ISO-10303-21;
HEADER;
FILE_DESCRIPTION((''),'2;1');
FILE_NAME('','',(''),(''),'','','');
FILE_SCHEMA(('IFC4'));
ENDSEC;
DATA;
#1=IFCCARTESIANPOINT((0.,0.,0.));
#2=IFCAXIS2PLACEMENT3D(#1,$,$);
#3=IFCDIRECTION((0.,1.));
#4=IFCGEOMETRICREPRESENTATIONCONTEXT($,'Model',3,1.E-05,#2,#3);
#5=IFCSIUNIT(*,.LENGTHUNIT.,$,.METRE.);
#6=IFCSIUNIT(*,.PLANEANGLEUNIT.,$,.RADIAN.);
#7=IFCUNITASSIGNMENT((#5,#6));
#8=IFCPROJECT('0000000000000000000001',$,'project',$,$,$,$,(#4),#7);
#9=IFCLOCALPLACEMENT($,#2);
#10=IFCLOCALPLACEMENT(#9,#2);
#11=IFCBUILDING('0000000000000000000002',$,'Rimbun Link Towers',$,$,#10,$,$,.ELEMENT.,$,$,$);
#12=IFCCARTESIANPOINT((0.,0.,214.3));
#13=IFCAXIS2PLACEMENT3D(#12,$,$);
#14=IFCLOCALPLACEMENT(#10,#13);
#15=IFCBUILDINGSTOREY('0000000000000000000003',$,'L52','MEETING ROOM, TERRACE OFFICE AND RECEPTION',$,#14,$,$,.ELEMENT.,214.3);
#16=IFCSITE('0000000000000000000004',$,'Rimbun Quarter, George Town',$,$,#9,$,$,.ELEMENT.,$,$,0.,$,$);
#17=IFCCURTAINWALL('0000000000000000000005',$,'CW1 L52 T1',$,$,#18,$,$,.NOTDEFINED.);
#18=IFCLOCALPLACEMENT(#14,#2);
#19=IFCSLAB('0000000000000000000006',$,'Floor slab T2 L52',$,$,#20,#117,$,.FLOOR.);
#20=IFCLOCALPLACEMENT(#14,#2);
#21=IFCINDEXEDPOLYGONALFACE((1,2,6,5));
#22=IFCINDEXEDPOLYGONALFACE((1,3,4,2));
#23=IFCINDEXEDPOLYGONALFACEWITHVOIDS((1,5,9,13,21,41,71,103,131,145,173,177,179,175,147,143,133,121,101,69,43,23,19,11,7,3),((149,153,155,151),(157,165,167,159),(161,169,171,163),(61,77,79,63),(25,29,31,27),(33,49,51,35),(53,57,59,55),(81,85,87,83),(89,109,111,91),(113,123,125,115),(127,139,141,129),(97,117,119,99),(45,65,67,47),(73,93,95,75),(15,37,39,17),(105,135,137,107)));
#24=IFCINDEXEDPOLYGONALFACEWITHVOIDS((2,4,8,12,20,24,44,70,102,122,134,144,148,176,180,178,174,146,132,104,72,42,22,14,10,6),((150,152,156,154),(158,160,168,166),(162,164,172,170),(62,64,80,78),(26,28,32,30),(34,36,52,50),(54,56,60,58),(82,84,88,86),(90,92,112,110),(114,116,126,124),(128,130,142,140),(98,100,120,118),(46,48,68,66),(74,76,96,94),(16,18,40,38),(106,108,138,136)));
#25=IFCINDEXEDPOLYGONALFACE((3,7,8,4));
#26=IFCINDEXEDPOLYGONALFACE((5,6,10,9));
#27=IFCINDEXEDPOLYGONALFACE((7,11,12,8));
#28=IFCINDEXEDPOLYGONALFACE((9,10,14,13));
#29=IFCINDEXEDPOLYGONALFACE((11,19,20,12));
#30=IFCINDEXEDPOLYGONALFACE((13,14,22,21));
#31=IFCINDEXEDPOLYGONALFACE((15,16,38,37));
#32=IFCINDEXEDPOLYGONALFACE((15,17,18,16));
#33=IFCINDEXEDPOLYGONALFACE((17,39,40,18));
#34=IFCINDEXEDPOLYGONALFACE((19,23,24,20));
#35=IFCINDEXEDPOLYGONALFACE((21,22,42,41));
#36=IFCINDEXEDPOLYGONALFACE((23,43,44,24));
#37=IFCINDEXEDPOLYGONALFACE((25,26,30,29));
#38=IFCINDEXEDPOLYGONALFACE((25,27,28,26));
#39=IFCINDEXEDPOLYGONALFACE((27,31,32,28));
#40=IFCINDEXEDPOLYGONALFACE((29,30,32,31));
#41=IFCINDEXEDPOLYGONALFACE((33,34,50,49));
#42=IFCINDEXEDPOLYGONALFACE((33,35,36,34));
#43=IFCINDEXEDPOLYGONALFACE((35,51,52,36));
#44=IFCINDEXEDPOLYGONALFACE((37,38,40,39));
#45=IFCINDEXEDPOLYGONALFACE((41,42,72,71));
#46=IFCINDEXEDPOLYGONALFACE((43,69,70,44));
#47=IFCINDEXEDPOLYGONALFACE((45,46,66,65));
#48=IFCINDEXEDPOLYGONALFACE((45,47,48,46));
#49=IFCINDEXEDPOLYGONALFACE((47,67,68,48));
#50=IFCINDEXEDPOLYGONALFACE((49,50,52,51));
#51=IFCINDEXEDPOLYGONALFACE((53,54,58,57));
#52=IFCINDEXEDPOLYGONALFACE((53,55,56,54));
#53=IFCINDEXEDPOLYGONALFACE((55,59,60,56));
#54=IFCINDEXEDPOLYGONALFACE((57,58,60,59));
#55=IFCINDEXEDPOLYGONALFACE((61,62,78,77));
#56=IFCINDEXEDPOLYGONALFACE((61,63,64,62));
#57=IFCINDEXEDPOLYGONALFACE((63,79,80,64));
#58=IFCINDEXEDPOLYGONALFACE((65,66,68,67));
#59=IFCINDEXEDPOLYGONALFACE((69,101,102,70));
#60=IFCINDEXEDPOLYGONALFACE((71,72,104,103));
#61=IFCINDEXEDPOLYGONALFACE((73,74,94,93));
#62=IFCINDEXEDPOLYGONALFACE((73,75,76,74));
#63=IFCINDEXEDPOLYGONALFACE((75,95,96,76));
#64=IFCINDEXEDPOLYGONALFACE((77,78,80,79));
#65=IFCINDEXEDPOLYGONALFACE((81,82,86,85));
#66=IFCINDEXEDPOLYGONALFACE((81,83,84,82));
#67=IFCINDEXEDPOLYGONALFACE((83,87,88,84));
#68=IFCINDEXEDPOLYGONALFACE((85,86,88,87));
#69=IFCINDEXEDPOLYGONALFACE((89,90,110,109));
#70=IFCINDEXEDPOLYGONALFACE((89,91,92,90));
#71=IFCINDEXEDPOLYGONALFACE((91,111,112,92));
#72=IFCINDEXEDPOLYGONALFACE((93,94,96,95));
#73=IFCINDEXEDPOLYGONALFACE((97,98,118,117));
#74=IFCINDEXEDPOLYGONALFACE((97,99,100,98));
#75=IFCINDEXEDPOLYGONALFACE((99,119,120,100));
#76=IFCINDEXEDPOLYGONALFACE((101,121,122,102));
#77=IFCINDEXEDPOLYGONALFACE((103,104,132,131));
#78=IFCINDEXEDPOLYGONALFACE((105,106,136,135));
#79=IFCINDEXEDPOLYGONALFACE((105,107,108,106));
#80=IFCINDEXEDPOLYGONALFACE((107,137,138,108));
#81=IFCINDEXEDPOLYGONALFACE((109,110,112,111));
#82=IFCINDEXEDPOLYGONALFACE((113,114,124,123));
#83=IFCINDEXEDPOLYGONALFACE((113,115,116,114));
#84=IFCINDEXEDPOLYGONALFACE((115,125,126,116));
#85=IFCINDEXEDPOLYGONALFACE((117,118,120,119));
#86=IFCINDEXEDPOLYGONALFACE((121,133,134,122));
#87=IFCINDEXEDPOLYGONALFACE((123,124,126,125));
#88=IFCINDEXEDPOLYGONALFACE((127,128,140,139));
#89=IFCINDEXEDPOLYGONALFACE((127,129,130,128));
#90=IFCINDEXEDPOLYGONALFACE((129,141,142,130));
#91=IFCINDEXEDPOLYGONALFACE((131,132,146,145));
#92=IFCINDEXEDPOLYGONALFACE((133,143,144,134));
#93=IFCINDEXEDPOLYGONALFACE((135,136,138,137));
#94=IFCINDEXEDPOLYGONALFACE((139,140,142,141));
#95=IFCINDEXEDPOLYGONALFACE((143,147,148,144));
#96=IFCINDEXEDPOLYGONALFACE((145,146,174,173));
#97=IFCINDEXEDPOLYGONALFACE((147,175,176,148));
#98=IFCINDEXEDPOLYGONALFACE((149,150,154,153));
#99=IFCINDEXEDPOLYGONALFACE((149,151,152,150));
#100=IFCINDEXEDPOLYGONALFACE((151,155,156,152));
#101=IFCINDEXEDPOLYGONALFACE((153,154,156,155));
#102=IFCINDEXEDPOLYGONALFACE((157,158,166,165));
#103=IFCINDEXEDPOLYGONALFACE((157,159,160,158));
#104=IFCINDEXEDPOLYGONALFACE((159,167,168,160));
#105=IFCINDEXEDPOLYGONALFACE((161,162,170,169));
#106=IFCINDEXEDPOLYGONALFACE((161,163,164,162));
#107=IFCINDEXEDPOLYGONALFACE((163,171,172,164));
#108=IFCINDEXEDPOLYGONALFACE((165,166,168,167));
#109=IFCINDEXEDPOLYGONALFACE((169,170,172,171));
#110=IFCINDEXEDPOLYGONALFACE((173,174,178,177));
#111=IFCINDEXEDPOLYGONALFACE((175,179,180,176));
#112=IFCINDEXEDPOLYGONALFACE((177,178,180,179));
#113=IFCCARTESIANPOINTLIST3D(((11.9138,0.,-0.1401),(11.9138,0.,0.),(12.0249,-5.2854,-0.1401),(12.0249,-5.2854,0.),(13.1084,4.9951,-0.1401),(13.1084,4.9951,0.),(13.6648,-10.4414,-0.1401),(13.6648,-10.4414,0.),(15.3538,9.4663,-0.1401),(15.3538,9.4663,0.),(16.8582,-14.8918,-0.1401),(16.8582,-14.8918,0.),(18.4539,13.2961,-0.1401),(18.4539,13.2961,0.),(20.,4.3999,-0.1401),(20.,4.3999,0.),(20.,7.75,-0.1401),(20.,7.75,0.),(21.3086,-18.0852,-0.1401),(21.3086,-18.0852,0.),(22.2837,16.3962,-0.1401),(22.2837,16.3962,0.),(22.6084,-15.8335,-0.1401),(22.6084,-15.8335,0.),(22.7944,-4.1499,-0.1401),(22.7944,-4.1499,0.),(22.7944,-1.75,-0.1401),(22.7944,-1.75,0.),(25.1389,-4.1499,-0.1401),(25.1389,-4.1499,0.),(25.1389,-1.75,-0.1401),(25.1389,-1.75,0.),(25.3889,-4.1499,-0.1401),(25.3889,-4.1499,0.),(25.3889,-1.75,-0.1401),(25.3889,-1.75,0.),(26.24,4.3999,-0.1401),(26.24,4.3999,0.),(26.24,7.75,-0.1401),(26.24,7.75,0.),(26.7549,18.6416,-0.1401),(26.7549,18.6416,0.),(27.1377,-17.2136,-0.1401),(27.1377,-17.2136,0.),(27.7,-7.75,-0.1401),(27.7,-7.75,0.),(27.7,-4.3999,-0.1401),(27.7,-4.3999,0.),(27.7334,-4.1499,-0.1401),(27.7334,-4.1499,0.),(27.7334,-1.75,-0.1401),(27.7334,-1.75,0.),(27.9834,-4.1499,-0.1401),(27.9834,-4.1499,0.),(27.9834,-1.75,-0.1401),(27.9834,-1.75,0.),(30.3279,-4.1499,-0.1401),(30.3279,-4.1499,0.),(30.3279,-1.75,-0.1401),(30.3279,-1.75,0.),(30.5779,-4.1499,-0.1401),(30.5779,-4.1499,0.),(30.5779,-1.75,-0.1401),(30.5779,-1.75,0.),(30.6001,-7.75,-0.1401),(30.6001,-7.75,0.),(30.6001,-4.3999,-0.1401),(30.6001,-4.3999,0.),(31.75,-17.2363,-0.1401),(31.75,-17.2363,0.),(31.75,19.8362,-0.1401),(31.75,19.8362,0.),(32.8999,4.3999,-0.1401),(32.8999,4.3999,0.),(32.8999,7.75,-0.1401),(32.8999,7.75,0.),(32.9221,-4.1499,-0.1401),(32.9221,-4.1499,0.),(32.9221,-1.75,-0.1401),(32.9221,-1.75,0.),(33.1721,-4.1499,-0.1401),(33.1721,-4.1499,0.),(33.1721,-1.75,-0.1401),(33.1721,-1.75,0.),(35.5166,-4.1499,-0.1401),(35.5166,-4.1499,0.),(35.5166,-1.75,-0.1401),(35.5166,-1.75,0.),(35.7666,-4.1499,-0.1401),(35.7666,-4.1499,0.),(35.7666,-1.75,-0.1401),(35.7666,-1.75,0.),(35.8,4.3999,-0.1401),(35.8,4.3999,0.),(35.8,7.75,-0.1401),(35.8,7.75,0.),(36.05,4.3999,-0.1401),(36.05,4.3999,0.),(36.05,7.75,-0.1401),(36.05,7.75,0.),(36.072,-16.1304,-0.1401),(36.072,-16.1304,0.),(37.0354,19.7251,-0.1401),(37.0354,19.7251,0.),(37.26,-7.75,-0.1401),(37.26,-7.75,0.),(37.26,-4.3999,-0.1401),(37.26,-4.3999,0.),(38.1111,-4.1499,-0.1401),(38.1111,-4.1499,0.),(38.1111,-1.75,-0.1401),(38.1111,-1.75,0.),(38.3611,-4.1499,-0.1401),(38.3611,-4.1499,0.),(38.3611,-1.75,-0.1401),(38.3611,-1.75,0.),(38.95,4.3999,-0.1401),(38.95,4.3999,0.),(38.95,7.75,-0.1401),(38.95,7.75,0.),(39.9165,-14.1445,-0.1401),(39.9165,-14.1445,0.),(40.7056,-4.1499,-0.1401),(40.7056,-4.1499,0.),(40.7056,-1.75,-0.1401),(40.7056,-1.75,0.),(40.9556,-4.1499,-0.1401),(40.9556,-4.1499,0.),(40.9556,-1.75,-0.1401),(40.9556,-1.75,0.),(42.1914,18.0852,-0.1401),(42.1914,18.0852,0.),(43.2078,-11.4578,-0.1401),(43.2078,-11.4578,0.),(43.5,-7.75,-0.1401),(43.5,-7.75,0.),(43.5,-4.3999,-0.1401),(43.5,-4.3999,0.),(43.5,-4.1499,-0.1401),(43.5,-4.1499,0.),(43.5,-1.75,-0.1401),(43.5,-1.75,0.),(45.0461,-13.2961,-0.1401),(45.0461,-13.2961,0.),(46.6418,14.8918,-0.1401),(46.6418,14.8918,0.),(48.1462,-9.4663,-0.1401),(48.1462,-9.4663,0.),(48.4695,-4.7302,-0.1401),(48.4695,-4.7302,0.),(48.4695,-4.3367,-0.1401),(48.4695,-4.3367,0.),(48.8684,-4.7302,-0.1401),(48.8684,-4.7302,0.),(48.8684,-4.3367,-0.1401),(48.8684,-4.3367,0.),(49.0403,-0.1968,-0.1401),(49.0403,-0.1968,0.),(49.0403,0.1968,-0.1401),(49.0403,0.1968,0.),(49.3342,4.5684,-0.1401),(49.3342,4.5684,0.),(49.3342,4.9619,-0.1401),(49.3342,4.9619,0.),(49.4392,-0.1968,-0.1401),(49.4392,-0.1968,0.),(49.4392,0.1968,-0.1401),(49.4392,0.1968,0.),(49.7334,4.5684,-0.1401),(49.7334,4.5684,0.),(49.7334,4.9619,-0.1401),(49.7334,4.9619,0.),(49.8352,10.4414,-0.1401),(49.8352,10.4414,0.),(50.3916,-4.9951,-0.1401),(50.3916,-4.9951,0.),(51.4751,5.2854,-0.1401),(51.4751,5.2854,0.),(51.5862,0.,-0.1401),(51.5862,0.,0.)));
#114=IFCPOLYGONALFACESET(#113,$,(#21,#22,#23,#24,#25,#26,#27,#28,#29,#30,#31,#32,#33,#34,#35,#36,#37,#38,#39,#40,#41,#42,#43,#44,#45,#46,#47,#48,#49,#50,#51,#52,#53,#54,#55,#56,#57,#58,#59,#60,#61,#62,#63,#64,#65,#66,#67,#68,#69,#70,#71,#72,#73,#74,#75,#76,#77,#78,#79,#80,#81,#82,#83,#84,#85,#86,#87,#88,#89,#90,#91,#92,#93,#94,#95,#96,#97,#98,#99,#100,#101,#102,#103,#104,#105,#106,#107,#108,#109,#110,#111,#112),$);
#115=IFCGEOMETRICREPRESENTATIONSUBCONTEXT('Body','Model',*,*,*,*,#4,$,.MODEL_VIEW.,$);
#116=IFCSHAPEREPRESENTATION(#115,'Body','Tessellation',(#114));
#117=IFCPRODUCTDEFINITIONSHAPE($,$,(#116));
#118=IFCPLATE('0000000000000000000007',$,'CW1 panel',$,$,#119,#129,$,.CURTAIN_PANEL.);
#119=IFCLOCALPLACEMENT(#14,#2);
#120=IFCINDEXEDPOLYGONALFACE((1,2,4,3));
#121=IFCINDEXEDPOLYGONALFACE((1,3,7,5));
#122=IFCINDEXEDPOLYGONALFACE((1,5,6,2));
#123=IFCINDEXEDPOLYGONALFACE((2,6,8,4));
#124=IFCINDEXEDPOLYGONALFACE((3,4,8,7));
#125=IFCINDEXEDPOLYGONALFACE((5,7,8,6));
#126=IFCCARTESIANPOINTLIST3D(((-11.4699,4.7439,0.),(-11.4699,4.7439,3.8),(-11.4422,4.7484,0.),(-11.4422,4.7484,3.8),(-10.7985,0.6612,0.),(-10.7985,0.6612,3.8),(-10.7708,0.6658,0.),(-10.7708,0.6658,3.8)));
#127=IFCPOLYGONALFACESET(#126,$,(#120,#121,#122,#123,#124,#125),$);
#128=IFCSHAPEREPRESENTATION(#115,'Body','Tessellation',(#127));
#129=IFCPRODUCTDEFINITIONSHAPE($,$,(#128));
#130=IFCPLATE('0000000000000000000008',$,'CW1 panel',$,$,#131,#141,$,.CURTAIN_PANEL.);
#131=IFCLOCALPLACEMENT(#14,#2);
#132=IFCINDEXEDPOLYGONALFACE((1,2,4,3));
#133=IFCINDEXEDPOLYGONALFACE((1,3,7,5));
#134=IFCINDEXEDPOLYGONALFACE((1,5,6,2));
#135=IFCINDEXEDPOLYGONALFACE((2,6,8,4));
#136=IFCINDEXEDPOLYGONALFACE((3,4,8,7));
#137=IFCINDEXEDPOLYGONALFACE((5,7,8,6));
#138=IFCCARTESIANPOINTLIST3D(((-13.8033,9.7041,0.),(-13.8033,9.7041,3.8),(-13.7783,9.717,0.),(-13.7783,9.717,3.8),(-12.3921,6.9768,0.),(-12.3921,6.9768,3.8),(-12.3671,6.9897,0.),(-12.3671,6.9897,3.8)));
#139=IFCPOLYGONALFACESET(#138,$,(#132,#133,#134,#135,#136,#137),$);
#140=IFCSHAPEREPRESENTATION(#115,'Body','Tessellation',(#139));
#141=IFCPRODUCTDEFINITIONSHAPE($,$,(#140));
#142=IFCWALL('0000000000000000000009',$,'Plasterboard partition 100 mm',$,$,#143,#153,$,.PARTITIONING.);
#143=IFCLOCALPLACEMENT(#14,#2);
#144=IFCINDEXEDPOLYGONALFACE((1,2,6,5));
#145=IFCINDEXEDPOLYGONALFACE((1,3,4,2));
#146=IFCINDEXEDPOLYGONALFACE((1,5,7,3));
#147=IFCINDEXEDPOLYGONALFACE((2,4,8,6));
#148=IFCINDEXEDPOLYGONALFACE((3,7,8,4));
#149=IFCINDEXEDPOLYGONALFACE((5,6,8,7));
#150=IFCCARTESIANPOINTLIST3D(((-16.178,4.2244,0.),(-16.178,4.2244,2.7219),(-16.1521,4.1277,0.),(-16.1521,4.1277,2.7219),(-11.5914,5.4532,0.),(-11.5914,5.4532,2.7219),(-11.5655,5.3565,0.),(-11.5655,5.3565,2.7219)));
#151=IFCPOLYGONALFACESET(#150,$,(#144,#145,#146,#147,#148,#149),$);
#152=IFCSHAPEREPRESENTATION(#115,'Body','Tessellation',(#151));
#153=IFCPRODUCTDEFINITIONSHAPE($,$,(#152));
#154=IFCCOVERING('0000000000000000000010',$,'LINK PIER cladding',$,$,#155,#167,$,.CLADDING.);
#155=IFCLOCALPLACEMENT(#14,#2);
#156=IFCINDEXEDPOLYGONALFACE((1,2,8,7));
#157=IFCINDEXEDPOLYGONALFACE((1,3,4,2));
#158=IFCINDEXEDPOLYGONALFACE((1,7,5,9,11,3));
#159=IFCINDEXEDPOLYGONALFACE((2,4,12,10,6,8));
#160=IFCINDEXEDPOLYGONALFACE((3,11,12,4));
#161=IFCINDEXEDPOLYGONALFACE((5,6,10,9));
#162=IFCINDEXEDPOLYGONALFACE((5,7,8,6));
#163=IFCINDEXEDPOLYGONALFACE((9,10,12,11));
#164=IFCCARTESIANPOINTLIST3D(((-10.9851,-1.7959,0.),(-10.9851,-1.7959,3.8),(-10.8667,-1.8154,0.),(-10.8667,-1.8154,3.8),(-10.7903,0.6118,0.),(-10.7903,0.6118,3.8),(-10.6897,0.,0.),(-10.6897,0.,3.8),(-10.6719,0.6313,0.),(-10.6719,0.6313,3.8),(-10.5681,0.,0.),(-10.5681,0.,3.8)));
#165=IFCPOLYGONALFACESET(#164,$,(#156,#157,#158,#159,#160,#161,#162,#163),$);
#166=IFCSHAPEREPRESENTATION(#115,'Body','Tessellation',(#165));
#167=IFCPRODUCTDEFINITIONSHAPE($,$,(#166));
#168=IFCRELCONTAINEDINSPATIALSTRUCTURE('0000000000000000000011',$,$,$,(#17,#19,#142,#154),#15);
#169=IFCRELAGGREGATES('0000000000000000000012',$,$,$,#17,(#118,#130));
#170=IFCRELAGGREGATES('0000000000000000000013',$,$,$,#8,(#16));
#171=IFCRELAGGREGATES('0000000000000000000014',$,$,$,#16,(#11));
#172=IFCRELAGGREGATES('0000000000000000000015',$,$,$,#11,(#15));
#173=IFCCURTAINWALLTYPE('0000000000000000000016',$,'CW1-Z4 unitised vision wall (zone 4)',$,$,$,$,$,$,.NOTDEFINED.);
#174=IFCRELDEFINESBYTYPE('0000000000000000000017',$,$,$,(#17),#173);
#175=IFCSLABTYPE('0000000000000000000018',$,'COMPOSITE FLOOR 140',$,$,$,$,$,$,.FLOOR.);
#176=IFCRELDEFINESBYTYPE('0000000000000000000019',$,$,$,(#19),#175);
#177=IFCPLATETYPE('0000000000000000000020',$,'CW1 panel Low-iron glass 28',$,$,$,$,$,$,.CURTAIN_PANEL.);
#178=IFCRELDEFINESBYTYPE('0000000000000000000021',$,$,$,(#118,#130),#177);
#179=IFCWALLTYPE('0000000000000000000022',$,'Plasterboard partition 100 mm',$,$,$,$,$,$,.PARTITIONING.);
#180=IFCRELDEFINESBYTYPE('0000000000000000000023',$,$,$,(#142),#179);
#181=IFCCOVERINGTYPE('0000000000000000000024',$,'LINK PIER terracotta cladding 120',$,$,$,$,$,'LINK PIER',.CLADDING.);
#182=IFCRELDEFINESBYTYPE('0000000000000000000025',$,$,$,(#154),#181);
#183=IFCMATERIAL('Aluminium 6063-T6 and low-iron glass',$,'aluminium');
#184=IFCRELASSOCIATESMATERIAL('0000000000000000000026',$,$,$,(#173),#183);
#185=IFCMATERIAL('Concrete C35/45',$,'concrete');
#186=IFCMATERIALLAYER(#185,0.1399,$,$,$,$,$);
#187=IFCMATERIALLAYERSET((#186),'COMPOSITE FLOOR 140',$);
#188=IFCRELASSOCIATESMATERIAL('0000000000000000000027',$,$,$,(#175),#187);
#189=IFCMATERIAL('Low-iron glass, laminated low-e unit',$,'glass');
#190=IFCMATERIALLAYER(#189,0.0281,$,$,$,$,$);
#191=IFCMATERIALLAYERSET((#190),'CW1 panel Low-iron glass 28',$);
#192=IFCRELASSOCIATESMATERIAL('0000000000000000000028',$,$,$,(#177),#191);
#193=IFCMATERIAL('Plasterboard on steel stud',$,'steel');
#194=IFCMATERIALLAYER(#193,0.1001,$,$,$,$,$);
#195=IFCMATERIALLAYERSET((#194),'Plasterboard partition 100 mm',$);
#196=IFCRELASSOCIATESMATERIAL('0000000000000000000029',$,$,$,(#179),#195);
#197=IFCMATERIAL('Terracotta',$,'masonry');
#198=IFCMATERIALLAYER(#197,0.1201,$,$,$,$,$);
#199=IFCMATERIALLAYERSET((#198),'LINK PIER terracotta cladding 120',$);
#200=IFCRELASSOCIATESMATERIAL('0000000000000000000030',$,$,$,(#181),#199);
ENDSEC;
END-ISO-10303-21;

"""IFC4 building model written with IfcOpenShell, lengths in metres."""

from ifc_helpers import new_model, si_unit, direction, frame, frame_2d, origin, origin_2d, place, context, subcontext, project, spatial, polyline, rectangle, outline, extrude, material, layer, layer_set, type_object, element, aggregate, save


model = new_model("IFC4")

# Units and contexts
model_context = context("Model", 3, precision=1e-05, world=origin(), true_north=direction((0.0, 1.0)))
body_context = subcontext(model_context, "Body", "Model", "MODEL_VIEW")
ifc_project = project(units=[si_unit("LENGTHUNIT", "METRE"), si_unit("PLANEANGLEUNIT", "RADIAN")], contexts=[model_context])

# Site, building, storey
site_placement = place(None, origin())
site = spatial("IfcSite", under=ifc_project, at=site_placement, Name="Rimbun Quarter, George Town", CompositionType="ELEMENT", RefElevation=0.0)
building_placement = place(site_placement, origin())
building = spatial("IfcBuilding", under=site, at=building_placement, Name="Rimbun Link Towers", CompositionType="ELEMENT")
storey_placement = place(building_placement, frame((0.0, 0.0, 214.3)))
storey = spatial("IfcBuildingStorey", under=building, at=storey_placement, Name="L52", Description="MEETING ROOM, TERRACE OFFICE AND RECEPTION", CompositionType="ELEMENT", Elevation=214.3)

# Curtain wall
ifc_material_1 = material(Name="Aluminium 6063-T6 and low-iron glass", Category="aluminium")
curtain_wall_type = type_object("IfcCurtainWallType", Name="CW1-Z4 unitised vision wall (zone 4)", PredefinedType="NOTDEFINED", material=ifc_material_1)
curtain_wall_placement = place(storey_placement, origin())
curtain_wall = element("IfcCurtainWall", 1, at=curtain_wall_placement, inside=storey, type_object=curtain_wall_type, Name="CW1 L52 T1", PredefinedType="NOTDEFINED")

# Slab
ifc_material_2 = material(Name="Concrete C35/45", Category="concrete")
ifc_layer_1 = layer(ifc_material_2, 0.1399)
ifc_layer_set_1 = layer_set([ifc_layer_1], Name="COMPOSITE FLOOR 140")
slab_type = type_object("IfcSlabType", Name="COMPOSITE FLOOR 140", PredefinedType="FLOOR", material=ifc_layer_set_1)
slab_placement = place(storey_placement, frame((0.0, 0.0, -0.1401)))
element("IfcSlab", 2, at=slab_placement, inside=storey, type_object=slab_type, Name="Floor slab T2 L52", PredefinedType="FLOOR", context=body_context, shape_type="SweptSolid", body=[
    extrude(outline(polyline([(16.8582, -14.8918), (13.6648, -10.4414), (12.0249, -5.2854), (11.9138, 0.0), (13.1084, 4.9951), (15.3538, 9.4663), (18.4539, 13.2961), (22.2837, 16.3962), (26.7549, 18.6416), (31.75, 19.8362), (37.0354, 19.7251), (42.1914, 18.0852), (46.6418, 14.8918), (49.8352, 10.4414), (51.4751, 5.2854), (51.5862, 0.0), (50.3916, -4.9951), (48.1462, -9.4663), (45.0461, -13.2961), (43.2078, -11.4578), (39.9165, -14.1445), (36.072, -16.1304), (31.75, -17.2363), (27.1377, -17.2136), (22.6084, -15.8335), (21.3086, -18.0852), (16.8582, -14.8918)]), holes=[polyline([(30.6001, -7.75), (30.6001, -4.3999), (27.7, -4.3999), (27.7, -7.75), (30.6001, -7.75)]), polyline([(25.1389, -4.1499), (25.1389, -1.75), (22.7944, -1.75), (22.7944, -4.1499), (25.1389, -4.1499)]), polyline([(27.7334, -4.1499), (27.7334, -1.75), (25.3889, -1.75), (25.3889, -4.1499), (27.7334, -4.1499)]), polyline([(30.3279, -4.1499), (30.3279, -1.75), (27.9834, -1.75), (27.9834, -4.1499), (30.3279, -4.1499)]), polyline([(32.9221, -4.1499), (32.9221, -1.75), (30.5779, -1.75), (30.5779, -4.1499), (32.9221, -4.1499)]), polyline([(35.5166, -4.1499), (35.5166, -1.75), (33.1721, -1.75), (33.1721, -4.1499), (35.5166, -4.1499)]), polyline([(26.24, 4.3999), (26.24, 7.75), (20.0, 7.75), (20.0, 4.3999), (26.24, 4.3999)]), polyline([(35.8, 4.3999), (35.8, 7.75), (32.8999, 7.75), (32.8999, 4.3999), (35.8, 4.3999)]), polyline([(43.5, -7.75), (43.5, -4.3999), (37.26, -4.3999), (37.26, -7.75), (43.5, -7.75)]), polyline([(48.8684, -4.7302), (48.8684, -4.3367), (48.4695, -4.3367), (48.4695, -4.7302), (48.8684, -4.7302)]), polyline([(38.1111, -4.1499), (38.1111, -1.75), (35.7666, -1.75), (35.7666, -4.1499), (38.1111, -4.1499)]), polyline([(40.7056, -4.1499), (40.7056, -1.75), (38.3611, -1.75), (38.3611, -4.1499), (40.7056, -4.1499)]), polyline([(43.5, -4.1499), (43.5, -1.75), (40.9556, -1.75), (40.9556, -4.1499), (43.5, -4.1499)]), polyline([(49.4392, -0.1968), (49.4392, 0.1968), (49.0403, 0.1968), (49.0403, -0.1968), (49.4392, -0.1968)]), polyline([(49.7334, 4.5684), (49.7334, 4.9619), (49.3342, 4.9619), (49.3342, 4.5684), (49.7334, 4.5684)]), polyline([(38.95, 4.3999), (38.95, 7.75), (36.05, 7.75), (36.05, 4.3999), (38.95, 4.3999)])]), origin(), (0.0, 0.0, 1.0), 0.1401),
])

# Plates
ifc_material_3 = material(Name="Low-iron glass, laminated low-e unit", Category="glass")
ifc_layer_2 = layer(ifc_material_3, 0.0281)
ifc_layer_set_2 = layer_set([ifc_layer_2], Name="CW1 panel Low-iron glass 28")
plate_type = type_object("IfcPlateType", Name="CW1 panel Low-iron glass 28", PredefinedType="CURTAIN_PANEL", material=ifc_layer_set_2)
plate_1_placement = place(storey_placement, frame((-11.1204, 2.7048, 0.0), z_axis=(0.0, 0.0, 1.0), x_axis=(0.162264, -0.986747, 0.0)))
plate_1 = element("IfcPlate", 3, at=plate_1_placement, type_object=plate_type, Name="CW1 panel", PredefinedType="CURTAIN_PANEL", context=body_context, shape_type="SweptSolid", body=[
    extrude(rectangle(XDim=4.1375, YDim=0.0281, at=origin_2d()), origin(), (0.0, 0.0, 1.0), 3.8),
])
plate_2_placement = place(storey_placement, frame((-13.0852, 8.3469, 0.0), z_axis=(0.0, 0.0, 1.0), x_axis=(0.459554, -0.88815, 0.0)))
plate_2 = element("IfcPlate", 4, at=plate_2_placement, type_object=plate_type, Name="CW1 panel", PredefinedType="CURTAIN_PANEL", context=body_context, shape_type="SweptSolid", body=[
    extrude(rectangle(XDim=3.0708, YDim=0.0281, at=origin_2d()), origin(), (0.0, 0.0, 1.0), 3.8),
])
aggregate(curtain_wall, [plate_1, plate_2])

# Wall
ifc_material_4 = material(Name="Plasterboard on steel stud", Category="steel")
ifc_layer_3 = layer(ifc_material_4, 0.1001)
ifc_layer_set_3 = layer_set([ifc_layer_3], Name="Plasterboard partition 100 mm")
wall_type = type_object("IfcWallType", Name="Plasterboard partition 100 mm", PredefinedType="PARTITIONING", material=ifc_layer_set_3)
wall_placement = place(storey_placement, frame((-11.5786, 5.4048, 0.0), z_axis=(0.0, 0.0, 1.0), x_axis=(-0.965935, -0.258786, 0.0)))
element("IfcWall", 5, at=wall_placement, inside=storey, type_object=wall_type, Name="Plasterboard partition 100 mm", PredefinedType="PARTITIONING", context=body_context, shape_type="SweptSolid", body=[
    extrude(rectangle(XDim=4.7483, YDim=0.1001, at=frame_2d((2.374, 0.0))), origin(), (0.0, 0.0, 1.0), 2.7219),
])

# Covering
ifc_material_5 = material(Name="Terracotta", Category="masonry")
ifc_layer_4 = layer(ifc_material_5, 0.1201)
ifc_layer_set_4 = layer_set([ifc_layer_4], Name="LINK PIER terracotta cladding 120")
covering_type_1 = type_object("IfcCoveringType", Name="LINK PIER terracotta cladding 120", ElementType="LINK PIER", PredefinedType="CLADDING", material=ifc_layer_set_4)
covering_1_placement = place(storey_placement, origin())
element("IfcCovering", 6, at=covering_1_placement, inside=storey, type_object=covering_type_1, Name="LINK PIER cladding", PredefinedType="CLADDING", context=body_context, shape_type="SweptSolid", body=[
    extrude(outline(polyline([(-10.7903, 0.6118), (-10.6897, 0.0), (-10.9851, -1.7959), (-10.8667, -1.8154), (-10.5681, 0.0), (-10.6719, 0.6313), (-10.7903, 0.6118)])), origin(), (0.0, 0.0, 1.0), 3.8),
])

save(model, "model.ifc")
